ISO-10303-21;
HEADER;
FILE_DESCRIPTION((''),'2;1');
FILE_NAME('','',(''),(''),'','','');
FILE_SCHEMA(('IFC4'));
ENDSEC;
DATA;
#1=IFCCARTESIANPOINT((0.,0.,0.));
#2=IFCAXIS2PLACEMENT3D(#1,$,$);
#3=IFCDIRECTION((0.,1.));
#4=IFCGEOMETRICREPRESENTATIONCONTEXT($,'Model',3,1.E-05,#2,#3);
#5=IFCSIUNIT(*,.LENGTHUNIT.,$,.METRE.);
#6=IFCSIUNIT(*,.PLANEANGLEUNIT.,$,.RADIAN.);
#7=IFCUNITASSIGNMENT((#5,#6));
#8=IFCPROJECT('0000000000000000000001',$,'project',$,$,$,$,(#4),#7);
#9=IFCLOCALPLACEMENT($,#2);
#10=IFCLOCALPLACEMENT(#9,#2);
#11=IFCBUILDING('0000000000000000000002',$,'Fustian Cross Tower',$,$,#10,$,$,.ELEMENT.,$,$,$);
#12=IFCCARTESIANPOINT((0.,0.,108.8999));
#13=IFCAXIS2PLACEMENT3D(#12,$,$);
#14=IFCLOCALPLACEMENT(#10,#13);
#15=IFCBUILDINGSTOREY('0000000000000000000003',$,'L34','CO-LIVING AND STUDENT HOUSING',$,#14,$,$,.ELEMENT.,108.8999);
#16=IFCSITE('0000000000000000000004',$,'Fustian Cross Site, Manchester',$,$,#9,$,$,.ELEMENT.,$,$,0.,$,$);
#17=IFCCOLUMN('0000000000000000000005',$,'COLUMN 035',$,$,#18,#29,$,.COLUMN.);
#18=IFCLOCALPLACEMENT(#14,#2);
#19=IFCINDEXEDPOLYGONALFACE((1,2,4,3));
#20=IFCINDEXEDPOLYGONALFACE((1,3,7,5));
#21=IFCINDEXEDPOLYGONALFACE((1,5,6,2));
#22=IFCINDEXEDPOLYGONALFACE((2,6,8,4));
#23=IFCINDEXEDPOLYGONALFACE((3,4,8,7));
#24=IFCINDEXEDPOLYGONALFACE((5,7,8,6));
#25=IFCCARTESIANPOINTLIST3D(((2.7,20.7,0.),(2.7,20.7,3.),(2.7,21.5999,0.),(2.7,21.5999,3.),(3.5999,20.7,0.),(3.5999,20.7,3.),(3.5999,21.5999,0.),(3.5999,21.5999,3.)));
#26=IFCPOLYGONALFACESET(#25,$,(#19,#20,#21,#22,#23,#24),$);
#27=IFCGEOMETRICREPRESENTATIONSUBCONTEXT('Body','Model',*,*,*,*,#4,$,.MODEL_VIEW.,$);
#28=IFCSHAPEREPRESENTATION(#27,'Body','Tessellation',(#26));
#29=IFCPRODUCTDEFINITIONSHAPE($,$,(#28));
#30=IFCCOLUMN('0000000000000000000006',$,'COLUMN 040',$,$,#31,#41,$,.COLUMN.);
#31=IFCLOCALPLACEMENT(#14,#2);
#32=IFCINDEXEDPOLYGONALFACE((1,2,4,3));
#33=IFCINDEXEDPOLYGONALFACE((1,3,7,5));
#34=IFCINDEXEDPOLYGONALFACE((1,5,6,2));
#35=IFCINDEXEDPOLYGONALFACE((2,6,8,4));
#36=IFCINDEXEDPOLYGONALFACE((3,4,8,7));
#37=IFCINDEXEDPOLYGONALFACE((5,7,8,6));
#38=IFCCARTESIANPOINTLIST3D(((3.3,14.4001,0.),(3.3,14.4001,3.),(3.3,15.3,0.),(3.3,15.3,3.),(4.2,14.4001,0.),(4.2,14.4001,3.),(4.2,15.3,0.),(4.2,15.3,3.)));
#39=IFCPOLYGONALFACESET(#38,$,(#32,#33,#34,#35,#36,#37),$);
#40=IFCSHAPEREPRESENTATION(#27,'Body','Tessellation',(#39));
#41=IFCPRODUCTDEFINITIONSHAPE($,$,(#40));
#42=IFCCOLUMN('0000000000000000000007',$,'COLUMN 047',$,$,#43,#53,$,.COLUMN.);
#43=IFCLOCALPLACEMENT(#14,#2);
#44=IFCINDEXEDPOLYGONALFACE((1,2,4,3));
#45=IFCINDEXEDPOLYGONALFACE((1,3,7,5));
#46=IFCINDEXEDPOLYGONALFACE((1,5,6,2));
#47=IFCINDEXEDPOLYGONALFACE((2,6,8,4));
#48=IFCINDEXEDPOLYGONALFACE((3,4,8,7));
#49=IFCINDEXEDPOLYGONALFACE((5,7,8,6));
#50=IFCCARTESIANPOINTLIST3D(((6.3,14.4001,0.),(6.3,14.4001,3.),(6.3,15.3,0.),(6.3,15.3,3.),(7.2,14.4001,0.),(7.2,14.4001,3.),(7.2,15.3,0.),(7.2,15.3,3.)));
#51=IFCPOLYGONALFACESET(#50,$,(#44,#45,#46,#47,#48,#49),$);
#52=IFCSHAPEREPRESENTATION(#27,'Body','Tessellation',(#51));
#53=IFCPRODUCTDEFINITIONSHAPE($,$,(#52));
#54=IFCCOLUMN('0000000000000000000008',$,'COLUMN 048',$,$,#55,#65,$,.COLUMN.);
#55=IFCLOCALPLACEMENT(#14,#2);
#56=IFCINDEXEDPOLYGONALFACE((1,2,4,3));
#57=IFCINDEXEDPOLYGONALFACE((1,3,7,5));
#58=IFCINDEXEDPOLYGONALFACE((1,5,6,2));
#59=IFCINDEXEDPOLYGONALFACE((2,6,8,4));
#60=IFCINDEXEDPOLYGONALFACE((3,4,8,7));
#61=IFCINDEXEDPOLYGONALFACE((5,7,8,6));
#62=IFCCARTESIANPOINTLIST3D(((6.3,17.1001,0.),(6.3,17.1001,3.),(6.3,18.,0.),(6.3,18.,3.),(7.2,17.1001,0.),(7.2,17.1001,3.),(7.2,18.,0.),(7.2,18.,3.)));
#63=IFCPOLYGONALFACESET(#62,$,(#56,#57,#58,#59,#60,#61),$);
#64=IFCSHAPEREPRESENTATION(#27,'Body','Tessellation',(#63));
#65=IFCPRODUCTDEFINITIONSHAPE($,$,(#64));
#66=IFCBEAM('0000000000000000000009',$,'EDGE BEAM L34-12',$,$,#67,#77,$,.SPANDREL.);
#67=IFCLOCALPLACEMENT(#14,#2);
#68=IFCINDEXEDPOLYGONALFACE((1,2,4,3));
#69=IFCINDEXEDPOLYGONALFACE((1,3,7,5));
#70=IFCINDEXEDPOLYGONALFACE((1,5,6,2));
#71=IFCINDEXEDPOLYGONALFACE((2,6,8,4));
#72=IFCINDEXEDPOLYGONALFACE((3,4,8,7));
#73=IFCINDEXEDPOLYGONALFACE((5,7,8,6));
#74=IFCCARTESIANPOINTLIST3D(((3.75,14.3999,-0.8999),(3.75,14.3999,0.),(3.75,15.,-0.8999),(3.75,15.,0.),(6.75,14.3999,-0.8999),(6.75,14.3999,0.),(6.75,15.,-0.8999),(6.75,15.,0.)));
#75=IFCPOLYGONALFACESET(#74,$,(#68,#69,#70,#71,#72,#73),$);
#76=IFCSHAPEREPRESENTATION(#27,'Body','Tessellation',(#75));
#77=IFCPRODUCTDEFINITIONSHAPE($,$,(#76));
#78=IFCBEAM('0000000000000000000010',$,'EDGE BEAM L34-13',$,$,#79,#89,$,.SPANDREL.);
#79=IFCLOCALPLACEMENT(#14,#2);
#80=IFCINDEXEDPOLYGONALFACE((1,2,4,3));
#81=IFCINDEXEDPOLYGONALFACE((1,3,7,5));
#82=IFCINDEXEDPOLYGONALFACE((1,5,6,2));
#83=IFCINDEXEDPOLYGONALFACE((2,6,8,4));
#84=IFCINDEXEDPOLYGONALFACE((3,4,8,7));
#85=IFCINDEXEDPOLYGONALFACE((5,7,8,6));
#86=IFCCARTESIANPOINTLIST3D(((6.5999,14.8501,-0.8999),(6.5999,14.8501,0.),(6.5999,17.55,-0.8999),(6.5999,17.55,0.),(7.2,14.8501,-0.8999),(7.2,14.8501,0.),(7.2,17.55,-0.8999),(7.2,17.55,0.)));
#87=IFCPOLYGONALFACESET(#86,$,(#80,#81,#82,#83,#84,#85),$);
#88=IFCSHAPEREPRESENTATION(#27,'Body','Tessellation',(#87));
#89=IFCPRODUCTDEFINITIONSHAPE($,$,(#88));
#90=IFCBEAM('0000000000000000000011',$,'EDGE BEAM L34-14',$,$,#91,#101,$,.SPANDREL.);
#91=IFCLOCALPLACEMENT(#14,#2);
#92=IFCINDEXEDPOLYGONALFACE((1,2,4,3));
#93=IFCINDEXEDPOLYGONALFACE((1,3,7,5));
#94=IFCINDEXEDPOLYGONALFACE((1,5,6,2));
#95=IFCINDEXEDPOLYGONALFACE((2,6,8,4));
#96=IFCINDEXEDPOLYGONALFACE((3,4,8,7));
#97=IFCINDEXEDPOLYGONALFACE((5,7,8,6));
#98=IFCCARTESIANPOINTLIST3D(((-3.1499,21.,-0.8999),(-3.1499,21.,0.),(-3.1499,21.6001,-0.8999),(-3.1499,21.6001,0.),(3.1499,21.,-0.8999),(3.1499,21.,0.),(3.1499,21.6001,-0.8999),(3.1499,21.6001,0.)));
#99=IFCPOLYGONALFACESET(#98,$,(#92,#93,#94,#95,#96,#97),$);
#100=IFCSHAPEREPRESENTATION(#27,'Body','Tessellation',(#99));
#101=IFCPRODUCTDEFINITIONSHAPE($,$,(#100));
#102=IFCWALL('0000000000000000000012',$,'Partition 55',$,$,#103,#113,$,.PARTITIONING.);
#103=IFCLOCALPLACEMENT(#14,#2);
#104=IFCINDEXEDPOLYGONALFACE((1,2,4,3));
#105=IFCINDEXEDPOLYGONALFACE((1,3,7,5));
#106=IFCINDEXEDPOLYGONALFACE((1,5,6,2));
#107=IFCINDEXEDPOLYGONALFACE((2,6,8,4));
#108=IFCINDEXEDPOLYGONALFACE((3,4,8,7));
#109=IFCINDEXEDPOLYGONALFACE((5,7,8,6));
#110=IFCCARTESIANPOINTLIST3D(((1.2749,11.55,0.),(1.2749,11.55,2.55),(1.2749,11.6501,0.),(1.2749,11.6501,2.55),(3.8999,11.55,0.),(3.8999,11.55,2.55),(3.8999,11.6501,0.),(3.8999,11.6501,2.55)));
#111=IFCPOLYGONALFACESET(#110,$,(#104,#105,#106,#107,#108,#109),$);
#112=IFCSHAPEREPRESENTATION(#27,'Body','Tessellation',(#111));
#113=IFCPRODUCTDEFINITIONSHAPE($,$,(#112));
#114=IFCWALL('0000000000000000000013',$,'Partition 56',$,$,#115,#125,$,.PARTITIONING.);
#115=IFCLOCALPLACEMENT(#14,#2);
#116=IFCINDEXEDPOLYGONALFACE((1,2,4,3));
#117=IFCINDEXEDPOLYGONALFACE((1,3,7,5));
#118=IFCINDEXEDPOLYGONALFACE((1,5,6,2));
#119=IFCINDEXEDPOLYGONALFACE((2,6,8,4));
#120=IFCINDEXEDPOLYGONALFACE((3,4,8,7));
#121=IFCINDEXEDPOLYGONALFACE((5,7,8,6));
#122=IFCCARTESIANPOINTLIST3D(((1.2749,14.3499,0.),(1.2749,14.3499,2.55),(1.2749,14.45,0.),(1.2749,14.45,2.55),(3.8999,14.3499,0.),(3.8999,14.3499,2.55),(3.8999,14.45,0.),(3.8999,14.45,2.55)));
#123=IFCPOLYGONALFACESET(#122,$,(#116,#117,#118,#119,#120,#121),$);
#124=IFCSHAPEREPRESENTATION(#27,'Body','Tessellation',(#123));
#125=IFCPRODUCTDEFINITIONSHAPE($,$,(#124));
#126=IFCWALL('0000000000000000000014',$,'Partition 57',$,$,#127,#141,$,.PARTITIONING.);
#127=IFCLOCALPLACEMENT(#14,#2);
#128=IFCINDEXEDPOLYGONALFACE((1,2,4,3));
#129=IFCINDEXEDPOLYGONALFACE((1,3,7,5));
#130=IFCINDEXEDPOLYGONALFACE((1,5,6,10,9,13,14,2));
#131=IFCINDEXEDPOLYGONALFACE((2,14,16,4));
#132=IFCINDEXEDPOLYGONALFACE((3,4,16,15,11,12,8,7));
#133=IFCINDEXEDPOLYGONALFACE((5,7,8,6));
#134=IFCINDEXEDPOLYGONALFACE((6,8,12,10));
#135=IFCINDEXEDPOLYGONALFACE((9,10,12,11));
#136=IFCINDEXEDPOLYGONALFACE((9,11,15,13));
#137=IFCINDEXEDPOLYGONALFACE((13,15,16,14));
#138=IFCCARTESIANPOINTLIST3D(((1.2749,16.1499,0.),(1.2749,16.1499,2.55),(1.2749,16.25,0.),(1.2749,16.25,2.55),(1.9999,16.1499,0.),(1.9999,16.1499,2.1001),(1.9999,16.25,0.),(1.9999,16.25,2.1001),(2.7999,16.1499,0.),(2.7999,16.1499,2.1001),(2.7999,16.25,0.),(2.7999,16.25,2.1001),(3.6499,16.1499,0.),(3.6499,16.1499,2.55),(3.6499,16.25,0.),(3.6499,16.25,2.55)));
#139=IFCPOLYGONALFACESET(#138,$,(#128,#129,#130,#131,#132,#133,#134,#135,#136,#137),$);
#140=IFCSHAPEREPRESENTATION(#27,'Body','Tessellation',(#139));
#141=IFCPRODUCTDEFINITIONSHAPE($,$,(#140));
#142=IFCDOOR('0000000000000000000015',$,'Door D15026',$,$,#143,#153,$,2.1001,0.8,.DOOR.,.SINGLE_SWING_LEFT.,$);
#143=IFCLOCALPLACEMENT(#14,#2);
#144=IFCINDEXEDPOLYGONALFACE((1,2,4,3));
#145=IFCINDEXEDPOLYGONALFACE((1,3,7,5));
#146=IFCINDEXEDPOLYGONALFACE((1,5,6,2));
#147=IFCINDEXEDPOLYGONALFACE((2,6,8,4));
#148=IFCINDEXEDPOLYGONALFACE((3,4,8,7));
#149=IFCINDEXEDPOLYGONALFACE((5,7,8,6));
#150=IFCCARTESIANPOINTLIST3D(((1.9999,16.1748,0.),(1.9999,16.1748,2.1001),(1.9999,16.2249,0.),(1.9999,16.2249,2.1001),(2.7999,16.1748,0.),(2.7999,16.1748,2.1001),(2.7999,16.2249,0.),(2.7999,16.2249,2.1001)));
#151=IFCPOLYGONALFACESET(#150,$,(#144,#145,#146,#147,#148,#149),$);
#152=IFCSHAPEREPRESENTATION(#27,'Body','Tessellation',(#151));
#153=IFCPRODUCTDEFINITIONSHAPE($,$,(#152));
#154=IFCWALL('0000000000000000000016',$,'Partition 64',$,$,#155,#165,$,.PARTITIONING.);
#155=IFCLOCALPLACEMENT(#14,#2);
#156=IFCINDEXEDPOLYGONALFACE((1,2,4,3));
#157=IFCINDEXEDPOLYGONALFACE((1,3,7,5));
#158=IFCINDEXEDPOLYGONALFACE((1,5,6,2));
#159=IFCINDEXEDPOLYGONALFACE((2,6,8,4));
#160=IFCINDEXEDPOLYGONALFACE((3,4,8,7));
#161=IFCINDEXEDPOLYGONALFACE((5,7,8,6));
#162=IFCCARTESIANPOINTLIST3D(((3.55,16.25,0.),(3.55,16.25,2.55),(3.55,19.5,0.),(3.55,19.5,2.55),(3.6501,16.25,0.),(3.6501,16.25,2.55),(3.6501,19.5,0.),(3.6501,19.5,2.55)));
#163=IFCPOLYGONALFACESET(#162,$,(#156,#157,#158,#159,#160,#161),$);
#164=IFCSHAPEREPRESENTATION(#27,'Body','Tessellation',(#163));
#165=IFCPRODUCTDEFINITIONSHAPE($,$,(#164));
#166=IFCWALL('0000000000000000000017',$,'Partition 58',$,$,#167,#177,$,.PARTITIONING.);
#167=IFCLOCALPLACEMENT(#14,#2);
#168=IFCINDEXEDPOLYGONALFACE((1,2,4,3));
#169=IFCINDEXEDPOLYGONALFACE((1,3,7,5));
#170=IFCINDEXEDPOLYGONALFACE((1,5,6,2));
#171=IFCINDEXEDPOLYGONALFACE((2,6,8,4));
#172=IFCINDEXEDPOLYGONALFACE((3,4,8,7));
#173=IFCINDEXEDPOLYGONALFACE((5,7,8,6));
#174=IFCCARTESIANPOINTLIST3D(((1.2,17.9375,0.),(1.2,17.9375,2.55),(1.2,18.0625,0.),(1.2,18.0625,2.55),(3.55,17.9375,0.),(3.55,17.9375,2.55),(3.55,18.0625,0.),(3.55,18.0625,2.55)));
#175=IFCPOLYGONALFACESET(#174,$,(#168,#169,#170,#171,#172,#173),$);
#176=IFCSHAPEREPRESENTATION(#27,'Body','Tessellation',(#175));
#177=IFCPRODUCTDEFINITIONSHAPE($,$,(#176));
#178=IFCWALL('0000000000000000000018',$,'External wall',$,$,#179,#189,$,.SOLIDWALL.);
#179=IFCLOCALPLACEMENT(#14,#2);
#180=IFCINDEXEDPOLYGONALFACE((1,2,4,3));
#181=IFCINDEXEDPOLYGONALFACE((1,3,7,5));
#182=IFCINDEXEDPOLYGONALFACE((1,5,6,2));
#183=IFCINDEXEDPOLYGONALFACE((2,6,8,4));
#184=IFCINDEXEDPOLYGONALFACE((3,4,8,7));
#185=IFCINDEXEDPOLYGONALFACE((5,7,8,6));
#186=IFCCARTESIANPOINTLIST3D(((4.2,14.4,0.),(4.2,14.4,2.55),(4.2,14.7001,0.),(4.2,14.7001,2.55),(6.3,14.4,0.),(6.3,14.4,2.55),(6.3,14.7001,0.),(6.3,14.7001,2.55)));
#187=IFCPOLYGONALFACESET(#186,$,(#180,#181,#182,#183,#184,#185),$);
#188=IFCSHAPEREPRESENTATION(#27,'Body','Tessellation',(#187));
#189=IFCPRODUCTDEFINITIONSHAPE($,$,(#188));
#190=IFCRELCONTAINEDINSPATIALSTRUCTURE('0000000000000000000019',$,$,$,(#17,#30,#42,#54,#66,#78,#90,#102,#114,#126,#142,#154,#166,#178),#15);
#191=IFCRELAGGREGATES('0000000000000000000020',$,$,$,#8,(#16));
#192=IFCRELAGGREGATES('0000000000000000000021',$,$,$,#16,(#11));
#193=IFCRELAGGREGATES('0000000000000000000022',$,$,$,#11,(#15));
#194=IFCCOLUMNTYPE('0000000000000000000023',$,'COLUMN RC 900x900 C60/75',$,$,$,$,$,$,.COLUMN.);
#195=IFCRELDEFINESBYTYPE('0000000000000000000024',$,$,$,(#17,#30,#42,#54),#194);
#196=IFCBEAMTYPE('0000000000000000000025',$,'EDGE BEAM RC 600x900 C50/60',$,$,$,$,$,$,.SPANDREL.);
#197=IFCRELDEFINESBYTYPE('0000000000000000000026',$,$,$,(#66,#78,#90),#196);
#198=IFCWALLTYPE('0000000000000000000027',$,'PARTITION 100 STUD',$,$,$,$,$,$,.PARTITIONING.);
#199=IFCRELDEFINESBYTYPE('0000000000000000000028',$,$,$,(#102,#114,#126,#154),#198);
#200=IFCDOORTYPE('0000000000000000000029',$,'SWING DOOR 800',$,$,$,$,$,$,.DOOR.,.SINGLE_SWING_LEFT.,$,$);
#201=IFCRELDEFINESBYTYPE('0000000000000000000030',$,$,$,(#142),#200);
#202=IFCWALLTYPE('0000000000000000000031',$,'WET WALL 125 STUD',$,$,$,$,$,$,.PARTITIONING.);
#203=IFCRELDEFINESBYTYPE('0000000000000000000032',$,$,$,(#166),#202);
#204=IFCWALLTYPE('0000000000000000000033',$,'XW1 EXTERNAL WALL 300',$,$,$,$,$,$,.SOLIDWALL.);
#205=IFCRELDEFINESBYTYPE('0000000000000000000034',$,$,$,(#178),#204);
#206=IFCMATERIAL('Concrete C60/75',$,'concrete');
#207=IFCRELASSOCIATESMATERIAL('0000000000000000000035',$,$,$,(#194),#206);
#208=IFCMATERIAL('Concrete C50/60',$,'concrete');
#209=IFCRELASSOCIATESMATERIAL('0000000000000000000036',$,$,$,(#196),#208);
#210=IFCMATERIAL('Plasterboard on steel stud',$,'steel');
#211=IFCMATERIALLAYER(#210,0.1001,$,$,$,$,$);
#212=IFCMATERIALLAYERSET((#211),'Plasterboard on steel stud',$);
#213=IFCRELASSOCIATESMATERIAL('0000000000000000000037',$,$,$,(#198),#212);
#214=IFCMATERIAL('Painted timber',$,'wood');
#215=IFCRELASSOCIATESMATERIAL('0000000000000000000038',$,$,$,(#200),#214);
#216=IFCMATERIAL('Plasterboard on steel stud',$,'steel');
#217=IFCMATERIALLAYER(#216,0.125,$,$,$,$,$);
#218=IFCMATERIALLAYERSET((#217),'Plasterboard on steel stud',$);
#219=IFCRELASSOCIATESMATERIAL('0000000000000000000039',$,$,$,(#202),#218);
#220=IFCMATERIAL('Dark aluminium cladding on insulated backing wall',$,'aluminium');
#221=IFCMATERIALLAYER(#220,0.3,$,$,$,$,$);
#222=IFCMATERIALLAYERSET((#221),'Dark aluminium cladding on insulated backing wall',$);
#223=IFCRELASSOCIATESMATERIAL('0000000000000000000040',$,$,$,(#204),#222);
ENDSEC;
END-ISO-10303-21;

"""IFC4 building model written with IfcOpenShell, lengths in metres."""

from ifc_helpers import new_model, si_unit, direction, frame, frame_2d, origin, origin_2d, place, context, subcontext, project, spatial, rectangle, extrude, material, layer, layer_set, material_profile, profile_set, type_object, element, fill, save


model = new_model("IFC4")

# Units and contexts
model_context = context("Model", 3, precision=1e-05, world=origin(), true_north=direction((0.0, 1.0)))
body_context = subcontext(model_context, "Body", "Model", "MODEL_VIEW")
ifc_project = project(units=[si_unit("LENGTHUNIT", "METRE"), si_unit("PLANEANGLEUNIT", "RADIAN")], contexts=[model_context])

# Site, building, storey
site_placement = place(None, origin())
site = spatial("IfcSite", under=ifc_project, at=site_placement, Name="Fustian Cross Site, Manchester", CompositionType="ELEMENT", RefElevation=0.0)
building_placement = place(site_placement, origin())
building = spatial("IfcBuilding", under=site, at=building_placement, Name="Fustian Cross Tower", CompositionType="ELEMENT")
storey_placement = place(building_placement, frame((0.0, 0.0, 108.8999)))
storey = spatial("IfcBuildingStorey", under=building, at=storey_placement, Name="L34", Description="CO-LIVING AND STUDENT HOUSING", CompositionType="ELEMENT", Elevation=108.8999)

# Columns
ifc_material_1 = material(Name="Concrete C60/75", Category="concrete")
ifc_material_profile_1 = material_profile(ifc_material_1, rectangle(XDim=0.8999, YDim=0.8999, at=origin_2d()), Name="RC 900x900")
ifc_profile_set_1 = profile_set([ifc_material_profile_1], Name="Concrete C60/75")
column_type = type_object("IfcColumnType", Name="COLUMN RC 900x900 C60/75", PredefinedType="COLUMN", material=ifc_profile_set_1)
for number, where, z_axis, x_axis, name in (
    (1, (3.1499, 21.1499, 0.0), (0.0, 0.0, 1.0), (1.0, 0.0, 0.0), "COLUMN 035"),
    (2, (3.75, 14.8501, 0.0), (0.0, 0.0, 1.0), (1.0, 0.0, 0.0), "COLUMN 040"),
    (3, (6.75, 14.8501, 0.0), (0.0, 0.0, 1.0), (1.0, 0.0, 0.0), "COLUMN 047"),
    (4, (6.75, 17.55, 0.0), (0.0, 0.0, 1.0), (1.0, 0.0, 0.0), "COLUMN 048"),
):
    element("IfcColumn", number, at=place(storey_placement, frame(where, z_axis=z_axis, x_axis=x_axis)), inside=storey, type_object=column_type, Name=name, PredefinedType="COLUMN", context=body_context, shape_type="SweptSolid", body=[
        extrude(rectangle(XDim=0.8999, YDim=0.8999, at=origin_2d()), origin(), (0.0, 0.0, 1.0), 3.0),
    ])

# Beams
ifc_material_2 = material(Name="Concrete C50/60", Category="concrete")
ifc_material_profile_2 = material_profile(ifc_material_2, rectangle(XDim=0.6001, YDim=0.8999, at=origin_2d()), Name="RC 600x900")
ifc_profile_set_2 = profile_set([ifc_material_profile_2], Name="Concrete C50/60")
beam_type = type_object("IfcBeamType", Name="EDGE BEAM RC 600x900 C50/60", PredefinedType="SPANDREL", material=ifc_profile_set_2)
beam_1_placement = place(storey_placement, frame((3.75, 14.7, -0.45), z_axis=(1.0, 0.0, 0.0), x_axis=(0.0, 1.0, 0.0)))
element("IfcBeam", 5, at=beam_1_placement, inside=storey, type_object=beam_type, Name="EDGE BEAM L34-12", PredefinedType="SPANDREL", context=body_context, shape_type="SweptSolid", body=[
    extrude(rectangle(XDim=0.6001, YDim=0.8999, at=origin_2d()), origin(), (0.0, 0.0, 1.0), 3.0),
])
beam_2_placement = place(storey_placement, frame((6.8999, 14.8501, -0.45), z_axis=(0.0, 1.0, 0.0), x_axis=(-1.0, 0.0, 0.0)))
element("IfcBeam", 6, at=beam_2_placement, inside=storey, type_object=beam_type, Name="EDGE BEAM L34-13", PredefinedType="SPANDREL", context=body_context, shape_type="SweptSolid", body=[
    extrude(rectangle(XDim=0.6001, YDim=0.8999, at=origin_2d()), origin(), (0.0, 0.0, 1.0), 2.7),
])
beam_3_placement = place(storey_placement, frame((3.1499, 21.3, -0.45), z_axis=(-1.0, 0.0, 0.0), x_axis=(0.0, -1.0, 0.0)))
element("IfcBeam", 7, at=beam_3_placement, inside=storey, type_object=beam_type, Name="EDGE BEAM L34-14", PredefinedType="SPANDREL", context=body_context, shape_type="SweptSolid", body=[
    extrude(rectangle(XDim=0.6001, YDim=0.8999, at=origin_2d()), origin(), (0.0, 0.0, 1.0), 6.2998),
])

# Walls
ifc_material_3 = material(Name="Plasterboard on steel stud", Category="steel")
ifc_layer_1 = layer(ifc_material_3, 0.1001)
ifc_layer_set_1 = layer_set([ifc_layer_1], Name="Plasterboard on steel stud")
wall_type_1 = type_object("IfcWallType", Name="PARTITION 100 STUD", PredefinedType="PARTITIONING", material=ifc_layer_set_1)
for number, where, z_axis, x_axis, name in (
    (8, (1.2749, 11.6001, 0.0), (0.0, 0.0, 1.0), (1.0, 0.0, 0.0), "Partition 55"),
    (9, (1.2749, 14.3999, 0.0), (0.0, 0.0, 1.0), (1.0, 0.0, 0.0), "Partition 56"),
):
    element("IfcWall", number, at=place(storey_placement, frame(where, z_axis=z_axis, x_axis=x_axis)), inside=storey, type_object=wall_type_1, Name=name, PredefinedType="PARTITIONING", context=body_context, shape_type="SweptSolid", body=[
        extrude(rectangle(XDim=2.625, YDim=0.1001, at=frame_2d((1.3125, 0.0))), origin(), (0.0, 0.0, 1.0), 2.55),
    ])

# Wall, opening, door
wall_1_placement = place(storey_placement, frame((1.2749, 16.2, 0.0), z_axis=(0.0, 0.0, 1.0), x_axis=(1.0, 0.0, 0.0)))
wall_1 = element("IfcWall", 10, at=wall_1_placement, inside=storey, type_object=wall_type_1, Name="Partition 57", PredefinedType="PARTITIONING", context=body_context, shape_type="SweptSolid", body=[
    extrude(rectangle(XDim=2.375, YDim=0.1001, at=frame_2d((1.1875, 0.0))), origin(), (0.0, 0.0, 1.0), 2.55),
])
opening_1_placement = place(wall_1_placement, frame((0.7251, 0.0, 0.0)))
opening_1 = element("IfcOpeningElement", 11, at=opening_1_placement, cuts=wall_1, PredefinedType="OPENING", context=body_context, shape_type="SweptSolid", body=[
    extrude(rectangle(XDim=0.8, YDim=2.1001, at=frame_2d((0.3999, 1.05))), frame((0.0, 0.0601, 0.0), z_axis=(0.0, -1.0, 0.0), x_axis=(1.0, 0.0, 0.0)), (0.0, 0.0, 1.0), 0.1201),
])
ifc_material_4 = material(Name="Painted timber", Category="wood")
door_type = type_object("IfcDoorType", Name="SWING DOOR 800", OperationType="SINGLE_SWING_LEFT", PredefinedType="DOOR", material=ifc_material_4)
door_placement = place(opening_1_placement, origin())
door = element("IfcDoor", 12, at=door_placement, inside=storey, type_object=door_type, Name="Door D15026", OperationType="SINGLE_SWING_LEFT", OverallHeight=2.1001, OverallWidth=0.8, PredefinedType="DOOR", context=body_context, shape_type="SweptSolid", body=[
    extrude(rectangle(XDim=0.8, YDim=2.1001, at=frame_2d((0.3999, 1.05))), frame((0.0, 0.0249, 0.0), z_axis=(0.0, -1.0, 0.0), x_axis=(1.0, 0.0, 0.0)), (0.0, 0.0, 1.0), 0.05),
])
fill(opening_1, door)

# Walls
wall_2_placement = place(storey_placement, frame((3.6001, 16.25, 0.0), z_axis=(0.0, 0.0, 1.0), x_axis=(0.0, 1.0, 0.0)))
element("IfcWall", 13, at=wall_2_placement, inside=storey, type_object=wall_type_1, Name="Partition 64", PredefinedType="PARTITIONING", context=body_context, shape_type="SweptSolid", body=[
    extrude(rectangle(XDim=3.25, YDim=0.1001, at=frame_2d((1.625, 0.0))), origin(), (0.0, 0.0, 1.0), 2.55),
])
ifc_material_5 = material(Name="Plasterboard on steel stud", Category="steel")
ifc_layer_2 = layer(ifc_material_5, 0.125)
ifc_layer_set_2 = layer_set([ifc_layer_2], Name="Plasterboard on steel stud")
wall_type_2 = type_object("IfcWallType", Name="WET WALL 125 STUD", PredefinedType="PARTITIONING", material=ifc_layer_set_2)
wall_3_placement = place(storey_placement, frame((1.2, 18.0, 0.0), z_axis=(0.0, 0.0, 1.0), x_axis=(1.0, 0.0, 0.0)))
element("IfcWall", 14, at=wall_3_placement, inside=storey, type_object=wall_type_2, Name="Partition 58", PredefinedType="PARTITIONING", context=body_context, shape_type="SweptSolid", body=[
    extrude(rectangle(XDim=2.3501, YDim=0.125, at=frame_2d((1.175, 0.0))), origin(), (0.0, 0.0, 1.0), 2.55),
])
ifc_material_6 = material(Name="Dark aluminium cladding on insulated backing wall", Category="aluminium")
ifc_layer_3 = layer(ifc_material_6, 0.3)
ifc_layer_set_3 = layer_set([ifc_layer_3], Name="Dark aluminium cladding on insulated backing wall")
wall_type_3 = type_object("IfcWallType", Name="XW1 EXTERNAL WALL 300", PredefinedType="SOLIDWALL", material=ifc_layer_set_3)
wall_4_placement = place(storey_placement, frame((4.2, 14.55, 0.0), z_axis=(0.0, 0.0, 1.0), x_axis=(1.0, 0.0, 0.0)))
element("IfcWall", 15, at=wall_4_placement, inside=storey, type_object=wall_type_3, Name="External wall", PredefinedType="SOLIDWALL", context=body_context, shape_type="SweptSolid", body=[
    extrude(rectangle(XDim=2.1001, YDim=0.3, at=frame_2d((1.05, 0.0))), origin(), (0.0, 0.0, 1.0), 2.55),
])

save(model, "model.ifc")
